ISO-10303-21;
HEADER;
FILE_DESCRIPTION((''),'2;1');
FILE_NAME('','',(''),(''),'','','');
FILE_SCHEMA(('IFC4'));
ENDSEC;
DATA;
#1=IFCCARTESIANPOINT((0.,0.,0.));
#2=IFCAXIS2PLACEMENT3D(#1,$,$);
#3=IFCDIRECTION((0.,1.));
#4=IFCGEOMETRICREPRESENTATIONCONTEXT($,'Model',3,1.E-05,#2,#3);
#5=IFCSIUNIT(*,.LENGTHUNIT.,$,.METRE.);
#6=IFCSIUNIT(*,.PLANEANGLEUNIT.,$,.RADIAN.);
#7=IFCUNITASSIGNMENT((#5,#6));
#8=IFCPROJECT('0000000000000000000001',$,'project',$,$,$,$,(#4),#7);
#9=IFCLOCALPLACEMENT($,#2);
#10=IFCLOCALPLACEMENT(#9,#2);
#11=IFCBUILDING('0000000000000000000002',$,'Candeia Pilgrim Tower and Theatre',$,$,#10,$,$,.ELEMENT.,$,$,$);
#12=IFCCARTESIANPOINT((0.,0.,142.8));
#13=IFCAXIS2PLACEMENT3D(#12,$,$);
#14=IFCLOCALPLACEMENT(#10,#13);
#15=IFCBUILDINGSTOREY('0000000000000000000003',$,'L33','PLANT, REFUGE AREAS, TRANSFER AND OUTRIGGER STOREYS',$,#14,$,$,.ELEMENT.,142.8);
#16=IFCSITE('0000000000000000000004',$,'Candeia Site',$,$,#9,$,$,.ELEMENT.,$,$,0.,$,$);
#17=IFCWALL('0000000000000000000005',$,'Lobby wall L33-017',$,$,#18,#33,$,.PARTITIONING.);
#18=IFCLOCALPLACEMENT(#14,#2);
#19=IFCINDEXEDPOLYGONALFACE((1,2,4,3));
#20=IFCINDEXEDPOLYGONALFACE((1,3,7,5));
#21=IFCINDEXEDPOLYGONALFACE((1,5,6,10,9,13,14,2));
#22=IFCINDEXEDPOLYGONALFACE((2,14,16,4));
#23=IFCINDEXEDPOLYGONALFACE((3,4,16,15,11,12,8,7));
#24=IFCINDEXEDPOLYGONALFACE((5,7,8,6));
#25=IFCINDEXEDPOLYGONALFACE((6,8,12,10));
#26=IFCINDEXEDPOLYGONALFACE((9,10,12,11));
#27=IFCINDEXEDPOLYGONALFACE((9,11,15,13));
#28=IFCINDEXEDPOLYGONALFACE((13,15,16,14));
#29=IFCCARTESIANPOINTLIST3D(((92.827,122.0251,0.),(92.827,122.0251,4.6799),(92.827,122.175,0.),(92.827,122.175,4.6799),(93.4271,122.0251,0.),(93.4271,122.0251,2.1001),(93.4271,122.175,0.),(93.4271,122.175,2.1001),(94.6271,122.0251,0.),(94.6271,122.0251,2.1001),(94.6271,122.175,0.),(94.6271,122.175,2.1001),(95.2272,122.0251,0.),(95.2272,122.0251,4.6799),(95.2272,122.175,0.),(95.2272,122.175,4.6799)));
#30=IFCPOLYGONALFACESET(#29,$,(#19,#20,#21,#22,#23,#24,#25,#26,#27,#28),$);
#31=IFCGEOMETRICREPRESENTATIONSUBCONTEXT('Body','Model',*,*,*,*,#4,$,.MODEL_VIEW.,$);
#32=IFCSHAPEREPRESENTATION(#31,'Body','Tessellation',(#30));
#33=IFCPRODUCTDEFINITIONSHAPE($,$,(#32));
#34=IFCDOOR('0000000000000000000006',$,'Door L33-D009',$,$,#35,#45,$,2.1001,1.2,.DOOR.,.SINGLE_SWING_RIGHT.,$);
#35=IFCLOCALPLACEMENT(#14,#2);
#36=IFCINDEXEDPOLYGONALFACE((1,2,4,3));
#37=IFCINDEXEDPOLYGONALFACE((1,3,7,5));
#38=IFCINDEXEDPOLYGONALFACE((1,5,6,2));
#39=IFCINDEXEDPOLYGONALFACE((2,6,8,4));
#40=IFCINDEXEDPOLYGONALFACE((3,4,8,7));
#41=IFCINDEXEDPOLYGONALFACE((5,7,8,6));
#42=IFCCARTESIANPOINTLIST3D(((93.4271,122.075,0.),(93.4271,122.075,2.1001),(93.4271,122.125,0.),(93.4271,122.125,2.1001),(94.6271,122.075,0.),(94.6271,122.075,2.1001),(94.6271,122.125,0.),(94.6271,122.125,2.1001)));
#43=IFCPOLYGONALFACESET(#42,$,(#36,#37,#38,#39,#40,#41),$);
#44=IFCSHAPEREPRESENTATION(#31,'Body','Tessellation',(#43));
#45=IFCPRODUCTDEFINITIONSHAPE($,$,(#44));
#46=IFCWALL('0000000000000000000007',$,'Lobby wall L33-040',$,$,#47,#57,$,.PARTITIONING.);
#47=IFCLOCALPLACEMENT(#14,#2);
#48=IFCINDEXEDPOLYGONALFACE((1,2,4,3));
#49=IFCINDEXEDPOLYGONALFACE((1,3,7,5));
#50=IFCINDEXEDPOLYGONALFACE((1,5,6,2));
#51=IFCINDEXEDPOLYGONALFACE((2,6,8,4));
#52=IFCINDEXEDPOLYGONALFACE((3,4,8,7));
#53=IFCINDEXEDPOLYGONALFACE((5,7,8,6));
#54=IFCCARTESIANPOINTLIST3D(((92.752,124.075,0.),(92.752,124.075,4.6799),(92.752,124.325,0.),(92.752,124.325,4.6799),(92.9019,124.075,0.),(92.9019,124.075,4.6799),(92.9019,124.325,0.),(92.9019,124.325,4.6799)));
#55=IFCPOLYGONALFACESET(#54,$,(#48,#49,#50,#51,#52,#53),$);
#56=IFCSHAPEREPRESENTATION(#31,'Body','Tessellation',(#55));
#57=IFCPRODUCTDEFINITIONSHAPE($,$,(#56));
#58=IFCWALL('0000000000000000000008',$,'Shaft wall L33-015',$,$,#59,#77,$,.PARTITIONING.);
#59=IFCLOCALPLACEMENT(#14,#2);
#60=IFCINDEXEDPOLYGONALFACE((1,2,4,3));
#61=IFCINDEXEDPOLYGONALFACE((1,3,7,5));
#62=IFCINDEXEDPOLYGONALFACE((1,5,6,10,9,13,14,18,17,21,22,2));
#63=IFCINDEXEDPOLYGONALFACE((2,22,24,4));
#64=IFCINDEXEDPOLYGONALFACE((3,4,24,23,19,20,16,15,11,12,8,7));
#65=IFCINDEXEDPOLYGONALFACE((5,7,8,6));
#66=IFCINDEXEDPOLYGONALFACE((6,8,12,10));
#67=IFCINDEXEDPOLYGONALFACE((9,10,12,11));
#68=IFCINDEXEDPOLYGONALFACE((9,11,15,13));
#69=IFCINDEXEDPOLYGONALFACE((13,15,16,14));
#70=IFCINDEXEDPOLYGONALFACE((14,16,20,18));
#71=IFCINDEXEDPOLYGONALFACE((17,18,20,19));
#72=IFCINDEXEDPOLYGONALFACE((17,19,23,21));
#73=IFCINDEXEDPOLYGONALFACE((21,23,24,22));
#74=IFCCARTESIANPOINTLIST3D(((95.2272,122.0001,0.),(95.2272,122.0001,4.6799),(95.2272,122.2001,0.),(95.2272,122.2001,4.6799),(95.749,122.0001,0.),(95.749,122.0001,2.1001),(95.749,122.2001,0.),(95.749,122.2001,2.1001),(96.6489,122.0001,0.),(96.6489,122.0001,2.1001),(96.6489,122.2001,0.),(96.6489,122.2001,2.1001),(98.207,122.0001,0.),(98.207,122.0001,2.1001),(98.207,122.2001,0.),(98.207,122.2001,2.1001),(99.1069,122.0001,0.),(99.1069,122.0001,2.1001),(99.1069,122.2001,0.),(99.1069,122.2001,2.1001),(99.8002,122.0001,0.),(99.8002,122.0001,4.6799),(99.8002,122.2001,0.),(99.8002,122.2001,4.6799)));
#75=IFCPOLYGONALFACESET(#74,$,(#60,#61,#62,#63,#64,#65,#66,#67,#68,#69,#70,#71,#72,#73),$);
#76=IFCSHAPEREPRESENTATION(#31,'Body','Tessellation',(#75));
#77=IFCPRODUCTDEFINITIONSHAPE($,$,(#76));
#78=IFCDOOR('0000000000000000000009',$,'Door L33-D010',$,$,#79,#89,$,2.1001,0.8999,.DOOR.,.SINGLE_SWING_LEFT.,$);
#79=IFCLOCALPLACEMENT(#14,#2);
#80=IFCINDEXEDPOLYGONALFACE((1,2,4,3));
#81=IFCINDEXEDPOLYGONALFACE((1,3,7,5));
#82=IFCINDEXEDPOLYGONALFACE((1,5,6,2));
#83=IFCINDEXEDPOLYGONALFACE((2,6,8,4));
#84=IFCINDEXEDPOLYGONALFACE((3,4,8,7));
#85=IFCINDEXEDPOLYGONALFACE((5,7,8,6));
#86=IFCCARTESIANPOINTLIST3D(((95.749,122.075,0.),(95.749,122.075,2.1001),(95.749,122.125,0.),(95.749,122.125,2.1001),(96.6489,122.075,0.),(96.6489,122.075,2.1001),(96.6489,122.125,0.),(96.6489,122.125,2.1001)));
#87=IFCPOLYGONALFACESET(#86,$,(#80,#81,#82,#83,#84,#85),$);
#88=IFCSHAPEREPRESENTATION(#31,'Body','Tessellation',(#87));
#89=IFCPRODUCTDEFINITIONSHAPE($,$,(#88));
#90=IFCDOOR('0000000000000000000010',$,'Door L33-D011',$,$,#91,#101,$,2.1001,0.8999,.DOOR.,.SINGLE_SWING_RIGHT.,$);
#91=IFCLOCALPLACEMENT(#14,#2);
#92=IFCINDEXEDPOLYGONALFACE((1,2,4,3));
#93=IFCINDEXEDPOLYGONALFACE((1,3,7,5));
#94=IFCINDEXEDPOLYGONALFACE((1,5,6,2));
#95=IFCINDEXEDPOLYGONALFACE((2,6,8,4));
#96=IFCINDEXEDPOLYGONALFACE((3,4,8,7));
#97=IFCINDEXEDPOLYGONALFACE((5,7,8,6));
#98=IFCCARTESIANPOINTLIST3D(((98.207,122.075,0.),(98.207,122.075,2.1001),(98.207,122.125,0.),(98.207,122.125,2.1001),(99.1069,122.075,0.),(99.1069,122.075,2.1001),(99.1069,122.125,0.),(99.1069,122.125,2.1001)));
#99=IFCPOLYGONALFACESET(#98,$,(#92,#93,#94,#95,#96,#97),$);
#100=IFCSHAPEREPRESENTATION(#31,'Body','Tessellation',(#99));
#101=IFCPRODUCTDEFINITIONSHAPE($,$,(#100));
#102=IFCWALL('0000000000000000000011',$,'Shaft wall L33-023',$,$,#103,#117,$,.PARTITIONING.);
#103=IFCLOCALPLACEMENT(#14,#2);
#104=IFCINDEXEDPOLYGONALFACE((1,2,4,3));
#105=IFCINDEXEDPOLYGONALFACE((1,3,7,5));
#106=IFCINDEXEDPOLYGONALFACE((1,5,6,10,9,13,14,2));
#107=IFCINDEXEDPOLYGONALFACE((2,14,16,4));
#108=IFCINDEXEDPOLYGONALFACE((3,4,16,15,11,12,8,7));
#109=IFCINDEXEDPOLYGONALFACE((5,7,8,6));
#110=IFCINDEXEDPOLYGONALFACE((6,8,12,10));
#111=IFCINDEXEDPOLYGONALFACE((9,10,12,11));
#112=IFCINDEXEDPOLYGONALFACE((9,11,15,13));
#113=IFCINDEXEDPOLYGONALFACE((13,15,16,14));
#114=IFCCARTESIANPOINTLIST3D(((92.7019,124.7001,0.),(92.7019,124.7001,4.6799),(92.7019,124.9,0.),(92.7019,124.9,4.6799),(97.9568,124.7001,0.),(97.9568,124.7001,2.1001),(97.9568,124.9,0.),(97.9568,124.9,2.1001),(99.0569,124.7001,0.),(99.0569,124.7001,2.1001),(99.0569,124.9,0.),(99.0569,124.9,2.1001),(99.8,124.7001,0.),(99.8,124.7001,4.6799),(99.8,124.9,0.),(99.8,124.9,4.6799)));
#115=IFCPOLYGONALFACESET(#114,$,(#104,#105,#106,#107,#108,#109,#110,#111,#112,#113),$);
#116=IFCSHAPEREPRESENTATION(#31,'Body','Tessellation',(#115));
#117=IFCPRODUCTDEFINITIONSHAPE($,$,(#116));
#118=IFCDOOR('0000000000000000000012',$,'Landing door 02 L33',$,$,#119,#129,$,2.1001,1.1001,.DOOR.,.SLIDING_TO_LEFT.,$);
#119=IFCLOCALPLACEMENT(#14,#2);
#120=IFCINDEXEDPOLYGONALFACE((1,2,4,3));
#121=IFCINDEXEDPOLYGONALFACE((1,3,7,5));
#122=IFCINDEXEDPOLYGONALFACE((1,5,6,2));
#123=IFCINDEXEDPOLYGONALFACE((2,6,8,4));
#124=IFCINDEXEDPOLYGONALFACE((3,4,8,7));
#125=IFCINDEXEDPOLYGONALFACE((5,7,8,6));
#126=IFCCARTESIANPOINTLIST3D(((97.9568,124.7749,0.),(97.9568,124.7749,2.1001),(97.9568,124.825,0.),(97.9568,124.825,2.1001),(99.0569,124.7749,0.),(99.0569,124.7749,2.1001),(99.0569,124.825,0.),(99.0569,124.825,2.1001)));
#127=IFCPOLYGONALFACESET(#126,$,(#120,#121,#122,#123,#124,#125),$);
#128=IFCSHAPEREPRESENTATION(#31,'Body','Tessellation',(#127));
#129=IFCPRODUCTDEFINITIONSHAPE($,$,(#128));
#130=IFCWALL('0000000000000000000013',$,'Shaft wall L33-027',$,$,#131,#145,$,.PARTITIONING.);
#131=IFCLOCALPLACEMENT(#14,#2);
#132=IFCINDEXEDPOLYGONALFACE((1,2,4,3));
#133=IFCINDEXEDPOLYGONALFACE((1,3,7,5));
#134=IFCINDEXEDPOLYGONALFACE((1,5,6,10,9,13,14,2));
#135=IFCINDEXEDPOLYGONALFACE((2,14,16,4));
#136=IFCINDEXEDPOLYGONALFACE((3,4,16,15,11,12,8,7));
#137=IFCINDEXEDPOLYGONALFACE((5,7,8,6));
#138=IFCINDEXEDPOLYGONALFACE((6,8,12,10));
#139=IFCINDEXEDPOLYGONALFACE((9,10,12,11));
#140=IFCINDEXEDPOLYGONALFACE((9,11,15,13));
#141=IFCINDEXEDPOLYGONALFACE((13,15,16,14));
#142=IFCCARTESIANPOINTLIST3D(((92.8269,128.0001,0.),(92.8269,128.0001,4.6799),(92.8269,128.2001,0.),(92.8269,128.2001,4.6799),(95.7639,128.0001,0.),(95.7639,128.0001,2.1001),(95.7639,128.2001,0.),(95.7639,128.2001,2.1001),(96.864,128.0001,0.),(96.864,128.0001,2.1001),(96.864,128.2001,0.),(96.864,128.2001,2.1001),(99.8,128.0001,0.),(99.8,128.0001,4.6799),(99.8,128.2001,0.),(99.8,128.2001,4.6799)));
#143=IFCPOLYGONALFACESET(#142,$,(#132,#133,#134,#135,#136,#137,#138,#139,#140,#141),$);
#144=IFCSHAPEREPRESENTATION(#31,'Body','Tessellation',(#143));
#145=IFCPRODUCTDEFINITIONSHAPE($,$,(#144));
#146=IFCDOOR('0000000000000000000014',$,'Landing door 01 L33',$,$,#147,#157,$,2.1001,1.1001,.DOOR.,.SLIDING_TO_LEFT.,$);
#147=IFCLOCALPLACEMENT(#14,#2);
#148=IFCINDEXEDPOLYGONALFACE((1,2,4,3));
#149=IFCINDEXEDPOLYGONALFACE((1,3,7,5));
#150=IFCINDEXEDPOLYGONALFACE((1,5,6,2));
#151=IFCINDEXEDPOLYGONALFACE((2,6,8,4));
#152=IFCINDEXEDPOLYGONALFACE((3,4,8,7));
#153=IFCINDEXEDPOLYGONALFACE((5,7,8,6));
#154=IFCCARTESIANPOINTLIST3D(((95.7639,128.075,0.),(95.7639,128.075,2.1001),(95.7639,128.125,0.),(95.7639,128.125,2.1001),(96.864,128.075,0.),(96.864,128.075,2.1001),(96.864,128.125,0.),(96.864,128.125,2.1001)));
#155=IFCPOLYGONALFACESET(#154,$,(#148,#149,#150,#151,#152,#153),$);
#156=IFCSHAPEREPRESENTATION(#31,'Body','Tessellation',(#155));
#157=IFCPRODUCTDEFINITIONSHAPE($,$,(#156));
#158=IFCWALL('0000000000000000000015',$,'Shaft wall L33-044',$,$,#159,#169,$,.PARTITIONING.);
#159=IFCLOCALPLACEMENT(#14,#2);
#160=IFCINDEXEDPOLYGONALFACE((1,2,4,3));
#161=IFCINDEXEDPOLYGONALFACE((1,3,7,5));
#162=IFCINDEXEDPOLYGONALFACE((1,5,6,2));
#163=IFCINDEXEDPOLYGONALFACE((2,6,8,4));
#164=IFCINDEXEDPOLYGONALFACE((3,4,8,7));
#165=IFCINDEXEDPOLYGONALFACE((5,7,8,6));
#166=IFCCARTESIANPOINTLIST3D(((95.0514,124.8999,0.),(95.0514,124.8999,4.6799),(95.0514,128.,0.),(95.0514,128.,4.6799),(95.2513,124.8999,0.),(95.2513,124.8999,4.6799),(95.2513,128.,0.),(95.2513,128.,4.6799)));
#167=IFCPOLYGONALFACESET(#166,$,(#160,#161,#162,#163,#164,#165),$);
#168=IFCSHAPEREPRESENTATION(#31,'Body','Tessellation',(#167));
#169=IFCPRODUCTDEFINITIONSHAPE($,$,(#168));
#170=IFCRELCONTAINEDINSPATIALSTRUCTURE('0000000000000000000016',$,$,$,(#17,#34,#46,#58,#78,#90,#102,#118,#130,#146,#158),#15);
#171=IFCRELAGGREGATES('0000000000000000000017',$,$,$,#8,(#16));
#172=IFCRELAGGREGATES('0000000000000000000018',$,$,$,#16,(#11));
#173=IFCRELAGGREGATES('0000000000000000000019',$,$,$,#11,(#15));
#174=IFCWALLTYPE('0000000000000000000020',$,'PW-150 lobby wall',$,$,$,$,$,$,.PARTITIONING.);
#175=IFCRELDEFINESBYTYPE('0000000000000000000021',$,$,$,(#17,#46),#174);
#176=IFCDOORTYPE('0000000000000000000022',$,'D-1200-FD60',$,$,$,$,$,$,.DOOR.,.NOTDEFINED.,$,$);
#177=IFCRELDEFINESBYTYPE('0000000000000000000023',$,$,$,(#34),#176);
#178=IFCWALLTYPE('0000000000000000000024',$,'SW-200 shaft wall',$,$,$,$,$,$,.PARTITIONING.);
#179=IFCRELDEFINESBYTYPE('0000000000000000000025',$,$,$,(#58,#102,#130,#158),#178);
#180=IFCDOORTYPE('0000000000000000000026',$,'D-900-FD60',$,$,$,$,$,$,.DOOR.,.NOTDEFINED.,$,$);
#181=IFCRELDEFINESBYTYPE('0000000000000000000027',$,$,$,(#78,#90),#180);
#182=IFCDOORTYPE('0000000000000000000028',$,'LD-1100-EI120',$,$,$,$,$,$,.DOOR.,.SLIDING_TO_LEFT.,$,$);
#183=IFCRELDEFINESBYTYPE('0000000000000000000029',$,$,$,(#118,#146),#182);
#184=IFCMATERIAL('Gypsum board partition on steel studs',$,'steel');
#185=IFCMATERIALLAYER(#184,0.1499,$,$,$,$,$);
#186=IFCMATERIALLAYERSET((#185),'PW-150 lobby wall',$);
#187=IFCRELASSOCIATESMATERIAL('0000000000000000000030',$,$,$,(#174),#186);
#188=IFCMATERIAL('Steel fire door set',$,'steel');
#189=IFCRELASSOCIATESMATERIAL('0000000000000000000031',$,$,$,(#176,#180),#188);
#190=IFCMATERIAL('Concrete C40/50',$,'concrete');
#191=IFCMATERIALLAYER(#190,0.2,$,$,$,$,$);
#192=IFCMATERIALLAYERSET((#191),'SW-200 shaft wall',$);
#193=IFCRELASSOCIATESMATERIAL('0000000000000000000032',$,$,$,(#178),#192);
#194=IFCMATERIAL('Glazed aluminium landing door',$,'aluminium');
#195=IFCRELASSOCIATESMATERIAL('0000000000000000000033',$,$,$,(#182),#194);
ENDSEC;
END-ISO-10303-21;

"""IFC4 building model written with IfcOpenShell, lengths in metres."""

from ifc_helpers import new_model, si_unit, direction, frame, frame_2d, origin, place, context, subcontext, project, spatial, rectangle, extrude, material, layer, layer_set, type_object, element, fill, save


model = new_model("IFC4")

# Units and contexts
model_context = context("Model", 3, precision=1e-05, world=origin(), true_north=direction((0.0, 1.0)))
body_context = subcontext(model_context, "Body", "Model", "MODEL_VIEW")
ifc_project = project(units=[si_unit("LENGTHUNIT", "METRE"), si_unit("PLANEANGLEUNIT", "RADIAN")], contexts=[model_context])

# Site, building, storey
site_placement = place(None, origin())
site = spatial("IfcSite", under=ifc_project, at=site_placement, Name="Candeia Site", CompositionType="ELEMENT", RefElevation=0.0)
building_placement = place(site_placement, origin())
building = spatial("IfcBuilding", under=site, at=building_placement, Name="Candeia Pilgrim Tower and Theatre", CompositionType="ELEMENT")
storey_placement = place(building_placement, frame((0.0, 0.0, 142.8)))
storey = spatial("IfcBuildingStorey", under=building, at=storey_placement, Name="L33", Description="PLANT, REFUGE AREAS, TRANSFER AND OUTRIGGER STOREYS", CompositionType="ELEMENT", Elevation=142.8)

# Wall, opening, door
ifc_material_1 = material(Name="Gypsum board partition on steel studs", Category="steel")
ifc_layer_1 = layer(ifc_material_1, 0.1499)
ifc_layer_set_1 = layer_set([ifc_layer_1], Name="PW-150 lobby wall")
wall_type_1 = type_object("IfcWallType", Name="PW-150 lobby wall", PredefinedType="PARTITIONING", material=ifc_layer_set_1)
wall_1_placement = place(storey_placement, frame((92.8269, 122.1001, 0.0), z_axis=(0.0, 0.0, 1.0), x_axis=(1.0, 0.0, 0.0)))
wall_1 = element("IfcWall", 1, at=wall_1_placement, inside=storey, type_object=wall_type_1, Name="Lobby wall L33-017", PredefinedType="PARTITIONING", context=body_context, shape_type="SweptSolid", body=[
    extrude(rectangle(XDim=2.4001, YDim=0.1499, at=frame_2d((1.2002, 0.0))), origin(), (0.0, 0.0, 1.0), 4.6799),
])
opening_1_placement = place(wall_1_placement, frame((0.6001, 0.0, 0.0)))
opening_1 = element("IfcOpeningElement", 2, at=opening_1_placement, cuts=wall_1, PredefinedType="OPENING", context=body_context, shape_type="SweptSolid", body=[
    extrude(rectangle(XDim=1.2, YDim=2.1001, at=frame_2d((0.6001, 1.05))), frame((0.0, 0.085, 0.0), z_axis=(0.0, -1.0, 0.0), x_axis=(1.0, 0.0, 0.0)), (0.0, 0.0, 1.0), 0.1699),
])
ifc_material_2 = material(Name="Steel fire door set", Category="steel")
door_type_1 = type_object("IfcDoorType", Name="D-1200-FD60", OperationType="NOTDEFINED", PredefinedType="DOOR", material=ifc_material_2)
door_1_placement = place(opening_1_placement, origin())
door_1 = element("IfcDoor", 3, at=door_1_placement, inside=storey, type_object=door_type_1, Name="Door L33-D009", OperationType="SINGLE_SWING_RIGHT", OverallHeight=2.1001, OverallWidth=1.2, PredefinedType="DOOR", context=body_context, shape_type="SweptSolid", body=[
    extrude(rectangle(XDim=1.2, YDim=2.1001, at=frame_2d((0.6001, 1.05))), frame((0.0, 0.0249, 0.0), z_axis=(0.0, -1.0, 0.0), x_axis=(1.0, 0.0, 0.0)), (0.0, 0.0, 1.0), 0.05),
])
fill(opening_1, door_1)

# Wall
wall_2_placement = place(storey_placement, frame((92.8269, 124.075, 0.0), z_axis=(0.0, 0.0, 1.0), x_axis=(0.0, 1.0, 0.0)))
element("IfcWall", 4, at=wall_2_placement, inside=storey, type_object=wall_type_1, Name="Lobby wall L33-040", PredefinedType="PARTITIONING", context=body_context, shape_type="SweptSolid", body=[
    extrude(rectangle(XDim=0.25, YDim=0.1499, at=frame_2d((0.125, 0.0))), origin(), (0.0, 0.0, 1.0), 4.6799),
])

# Wall, openings, doors
ifc_material_3 = material(Name="Concrete C40/50", Category="concrete")
ifc_layer_2 = layer(ifc_material_3, 0.2)
ifc_layer_set_2 = layer_set([ifc_layer_2], Name="SW-200 shaft wall")
wall_type_2 = type_object("IfcWallType", Name="SW-200 shaft wall", PredefinedType="PARTITIONING", material=ifc_layer_set_2)
wall_3_placement = place(storey_placement, frame((95.2271, 122.1001, 0.0), z_axis=(0.0, 0.0, 1.0), x_axis=(1.0, 0.0, 0.0)))
wall_3 = element("IfcWall", 5, at=wall_3_placement, inside=storey, type_object=wall_type_2, Name="Shaft wall L33-015", PredefinedType="PARTITIONING", context=body_context, shape_type="SweptSolid", body=[
    extrude(rectangle(XDim=4.573, YDim=0.2, at=frame_2d((2.2866, 0.0))), origin(), (0.0, 0.0, 1.0), 4.6799),
])
opening_2_placement = place(wall_3_placement, frame((0.522, 0.0, 0.0)))
opening_2 = element("IfcOpeningElement", 6, at=opening_2_placement, cuts=wall_3, PredefinedType="OPENING", context=body_context, shape_type="SweptSolid", body=[
    extrude(rectangle(XDim=0.8999, YDim=2.1001, at=frame_2d((0.45, 1.05))), frame((0.0, 0.1099, 0.0), z_axis=(0.0, -1.0, 0.0), x_axis=(1.0, 0.0, 0.0)), (0.0, 0.0, 1.0), 0.22),
])
opening_3_placement = place(wall_3_placement, frame((2.98, 0.0, 0.0)))
opening_3 = element("IfcOpeningElement", 7, at=opening_3_placement, cuts=wall_3, PredefinedType="OPENING", context=body_context, shape_type="SweptSolid", body=[
    extrude(rectangle(XDim=0.8999, YDim=2.1001, at=frame_2d((0.45, 1.05))), frame((0.0, 0.1099, 0.0), z_axis=(0.0, -1.0, 0.0), x_axis=(1.0, 0.0, 0.0)), (0.0, 0.0, 1.0), 0.22),
])
door_type_2 = type_object("IfcDoorType", Name="D-900-FD60", OperationType="NOTDEFINED", PredefinedType="DOOR", material=ifc_material_2)
door_2_placement = place(opening_2_placement, origin())
door_2 = element("IfcDoor", 8, at=door_2_placement, inside=storey, type_object=door_type_2, Name="Door L33-D010", OperationType="SINGLE_SWING_LEFT", OverallHeight=2.1001, OverallWidth=0.8999, PredefinedType="DOOR", context=body_context, shape_type="SweptSolid", body=[
    extrude(rectangle(XDim=0.8999, YDim=2.1001, at=frame_2d((0.45, 1.05))), frame((0.0, 0.0249, 0.0), z_axis=(0.0, -1.0, 0.0), x_axis=(1.0, 0.0, 0.0)), (0.0, 0.0, 1.0), 0.05),
])
fill(opening_2, door_2)
door_3_placement = place(opening_3_placement, origin())
door_3 = element("IfcDoor", 9, at=door_3_placement, inside=storey, type_object=door_type_2, Name="Door L33-D011", OperationType="SINGLE_SWING_RIGHT", OverallHeight=2.1001, OverallWidth=0.8999, PredefinedType="DOOR", context=body_context, shape_type="SweptSolid", body=[
    extrude(rectangle(XDim=0.8999, YDim=2.1001, at=frame_2d((0.45, 1.05))), frame((0.0, 0.0249, 0.0), z_axis=(0.0, -1.0, 0.0), x_axis=(1.0, 0.0, 0.0)), (0.0, 0.0, 1.0), 0.05),
])
fill(opening_3, door_3)

# Walls, openings, doors
wall_4_placement = place(storey_placement, frame((92.7019, 124.8, 0.0), z_axis=(0.0, 0.0, 1.0), x_axis=(1.0, 0.0, 0.0)))
wall_4 = element("IfcWall", 10, at=wall_4_placement, inside=storey, type_object=wall_type_2, Name="Shaft wall L33-023", PredefinedType="PARTITIONING", context=body_context, shape_type="SweptSolid", body=[
    extrude(rectangle(XDim=7.0981, YDim=0.2, at=frame_2d((3.5491, 0.0))), origin(), (0.0, 0.0, 1.0), 4.6799),
])
opening_4_placement = place(wall_4_placement, frame((5.2549, 0.0, 0.0)))
opening_4 = element("IfcOpeningElement", 11, at=opening_4_placement, cuts=wall_4, PredefinedType="OPENING", context=body_context, shape_type="SweptSolid", body=[
    extrude(rectangle(XDim=1.1001, YDim=2.1001, at=frame_2d((0.55, 1.05))), frame((0.0, 0.1099, 0.0), z_axis=(0.0, -1.0, 0.0), x_axis=(1.0, 0.0, 0.0)), (0.0, 0.0, 1.0), 0.22),
])
ifc_material_4 = material(Name="Glazed aluminium landing door", Category="aluminium")
door_type_3 = type_object("IfcDoorType", Name="LD-1100-EI120", OperationType="SLIDING_TO_LEFT", PredefinedType="DOOR", material=ifc_material_4)
door_4_placement = place(opening_4_placement, origin())
door_4 = element("IfcDoor", 12, at=door_4_placement, inside=storey, type_object=door_type_3, Name="Landing door 02 L33", OperationType="SLIDING_TO_LEFT", OverallHeight=2.1001, OverallWidth=1.1001, PredefinedType="DOOR", context=body_context, shape_type="SweptSolid", body=[
    extrude(rectangle(XDim=1.1001, YDim=2.1001, at=frame_2d((0.55, 1.05))), frame((0.0, 0.0249, 0.0), z_axis=(0.0, -1.0, 0.0), x_axis=(1.0, 0.0, 0.0)), (0.0, 0.0, 1.0), 0.05),
])
fill(opening_4, door_4)
wall_5_placement = place(storey_placement, frame((92.8269, 128.1001, 0.0), z_axis=(0.0, 0.0, 1.0), x_axis=(1.0, 0.0, 0.0)))
wall_5 = element("IfcWall", 13, at=wall_5_placement, inside=storey, type_object=wall_type_2, Name="Shaft wall L33-027", PredefinedType="PARTITIONING", context=body_context, shape_type="SweptSolid", body=[
    extrude(rectangle(XDim=6.9731, YDim=0.2, at=frame_2d((3.4866, 0.0))), origin(), (0.0, 0.0, 1.0), 4.6799),
])
opening_5_placement = place(wall_5_placement, frame((2.937, 0.0, 0.0)))
opening_5 = element("IfcOpeningElement", 14, at=opening_5_placement, cuts=wall_5, PredefinedType="OPENING", context=body_context, shape_type="SweptSolid", body=[
    extrude(rectangle(XDim=1.1001, YDim=2.1001, at=frame_2d((0.55, 1.05))), frame((0.0, 0.1099, 0.0), z_axis=(0.0, -1.0, 0.0), x_axis=(1.0, 0.0, 0.0)), (0.0, 0.0, 1.0), 0.22),
])
door_5_placement = place(opening_5_placement, origin())
door_5 = element("IfcDoor", 15, at=door_5_placement, inside=storey, type_object=door_type_3, Name="Landing door 01 L33", OperationType="SLIDING_TO_LEFT", OverallHeight=2.1001, OverallWidth=1.1001, PredefinedType="DOOR", context=body_context, shape_type="SweptSolid", body=[
    extrude(rectangle(XDim=1.1001, YDim=2.1001, at=frame_2d((0.55, 1.05))), frame((0.0, 0.0249, 0.0), z_axis=(0.0, -1.0, 0.0), x_axis=(1.0, 0.0, 0.0)), (0.0, 0.0, 1.0), 0.05),
])
fill(opening_5, door_5)

# Wall
wall_6_placement = place(storey_placement, frame((95.1514, 124.8999, 0.0), z_axis=(0.0, 0.0, 1.0), x_axis=(0.0, 1.0, 0.0)))
element("IfcWall", 16, at=wall_6_placement, inside=storey, type_object=wall_type_2, Name="Shaft wall L33-044", PredefinedType="PARTITIONING", context=body_context, shape_type="SweptSolid", body=[
    extrude(rectangle(XDim=3.1001, YDim=0.2, at=frame_2d((1.55, 0.0))), origin(), (0.0, 0.0, 1.0), 4.6799),
])

save(model, "model.ifc")
